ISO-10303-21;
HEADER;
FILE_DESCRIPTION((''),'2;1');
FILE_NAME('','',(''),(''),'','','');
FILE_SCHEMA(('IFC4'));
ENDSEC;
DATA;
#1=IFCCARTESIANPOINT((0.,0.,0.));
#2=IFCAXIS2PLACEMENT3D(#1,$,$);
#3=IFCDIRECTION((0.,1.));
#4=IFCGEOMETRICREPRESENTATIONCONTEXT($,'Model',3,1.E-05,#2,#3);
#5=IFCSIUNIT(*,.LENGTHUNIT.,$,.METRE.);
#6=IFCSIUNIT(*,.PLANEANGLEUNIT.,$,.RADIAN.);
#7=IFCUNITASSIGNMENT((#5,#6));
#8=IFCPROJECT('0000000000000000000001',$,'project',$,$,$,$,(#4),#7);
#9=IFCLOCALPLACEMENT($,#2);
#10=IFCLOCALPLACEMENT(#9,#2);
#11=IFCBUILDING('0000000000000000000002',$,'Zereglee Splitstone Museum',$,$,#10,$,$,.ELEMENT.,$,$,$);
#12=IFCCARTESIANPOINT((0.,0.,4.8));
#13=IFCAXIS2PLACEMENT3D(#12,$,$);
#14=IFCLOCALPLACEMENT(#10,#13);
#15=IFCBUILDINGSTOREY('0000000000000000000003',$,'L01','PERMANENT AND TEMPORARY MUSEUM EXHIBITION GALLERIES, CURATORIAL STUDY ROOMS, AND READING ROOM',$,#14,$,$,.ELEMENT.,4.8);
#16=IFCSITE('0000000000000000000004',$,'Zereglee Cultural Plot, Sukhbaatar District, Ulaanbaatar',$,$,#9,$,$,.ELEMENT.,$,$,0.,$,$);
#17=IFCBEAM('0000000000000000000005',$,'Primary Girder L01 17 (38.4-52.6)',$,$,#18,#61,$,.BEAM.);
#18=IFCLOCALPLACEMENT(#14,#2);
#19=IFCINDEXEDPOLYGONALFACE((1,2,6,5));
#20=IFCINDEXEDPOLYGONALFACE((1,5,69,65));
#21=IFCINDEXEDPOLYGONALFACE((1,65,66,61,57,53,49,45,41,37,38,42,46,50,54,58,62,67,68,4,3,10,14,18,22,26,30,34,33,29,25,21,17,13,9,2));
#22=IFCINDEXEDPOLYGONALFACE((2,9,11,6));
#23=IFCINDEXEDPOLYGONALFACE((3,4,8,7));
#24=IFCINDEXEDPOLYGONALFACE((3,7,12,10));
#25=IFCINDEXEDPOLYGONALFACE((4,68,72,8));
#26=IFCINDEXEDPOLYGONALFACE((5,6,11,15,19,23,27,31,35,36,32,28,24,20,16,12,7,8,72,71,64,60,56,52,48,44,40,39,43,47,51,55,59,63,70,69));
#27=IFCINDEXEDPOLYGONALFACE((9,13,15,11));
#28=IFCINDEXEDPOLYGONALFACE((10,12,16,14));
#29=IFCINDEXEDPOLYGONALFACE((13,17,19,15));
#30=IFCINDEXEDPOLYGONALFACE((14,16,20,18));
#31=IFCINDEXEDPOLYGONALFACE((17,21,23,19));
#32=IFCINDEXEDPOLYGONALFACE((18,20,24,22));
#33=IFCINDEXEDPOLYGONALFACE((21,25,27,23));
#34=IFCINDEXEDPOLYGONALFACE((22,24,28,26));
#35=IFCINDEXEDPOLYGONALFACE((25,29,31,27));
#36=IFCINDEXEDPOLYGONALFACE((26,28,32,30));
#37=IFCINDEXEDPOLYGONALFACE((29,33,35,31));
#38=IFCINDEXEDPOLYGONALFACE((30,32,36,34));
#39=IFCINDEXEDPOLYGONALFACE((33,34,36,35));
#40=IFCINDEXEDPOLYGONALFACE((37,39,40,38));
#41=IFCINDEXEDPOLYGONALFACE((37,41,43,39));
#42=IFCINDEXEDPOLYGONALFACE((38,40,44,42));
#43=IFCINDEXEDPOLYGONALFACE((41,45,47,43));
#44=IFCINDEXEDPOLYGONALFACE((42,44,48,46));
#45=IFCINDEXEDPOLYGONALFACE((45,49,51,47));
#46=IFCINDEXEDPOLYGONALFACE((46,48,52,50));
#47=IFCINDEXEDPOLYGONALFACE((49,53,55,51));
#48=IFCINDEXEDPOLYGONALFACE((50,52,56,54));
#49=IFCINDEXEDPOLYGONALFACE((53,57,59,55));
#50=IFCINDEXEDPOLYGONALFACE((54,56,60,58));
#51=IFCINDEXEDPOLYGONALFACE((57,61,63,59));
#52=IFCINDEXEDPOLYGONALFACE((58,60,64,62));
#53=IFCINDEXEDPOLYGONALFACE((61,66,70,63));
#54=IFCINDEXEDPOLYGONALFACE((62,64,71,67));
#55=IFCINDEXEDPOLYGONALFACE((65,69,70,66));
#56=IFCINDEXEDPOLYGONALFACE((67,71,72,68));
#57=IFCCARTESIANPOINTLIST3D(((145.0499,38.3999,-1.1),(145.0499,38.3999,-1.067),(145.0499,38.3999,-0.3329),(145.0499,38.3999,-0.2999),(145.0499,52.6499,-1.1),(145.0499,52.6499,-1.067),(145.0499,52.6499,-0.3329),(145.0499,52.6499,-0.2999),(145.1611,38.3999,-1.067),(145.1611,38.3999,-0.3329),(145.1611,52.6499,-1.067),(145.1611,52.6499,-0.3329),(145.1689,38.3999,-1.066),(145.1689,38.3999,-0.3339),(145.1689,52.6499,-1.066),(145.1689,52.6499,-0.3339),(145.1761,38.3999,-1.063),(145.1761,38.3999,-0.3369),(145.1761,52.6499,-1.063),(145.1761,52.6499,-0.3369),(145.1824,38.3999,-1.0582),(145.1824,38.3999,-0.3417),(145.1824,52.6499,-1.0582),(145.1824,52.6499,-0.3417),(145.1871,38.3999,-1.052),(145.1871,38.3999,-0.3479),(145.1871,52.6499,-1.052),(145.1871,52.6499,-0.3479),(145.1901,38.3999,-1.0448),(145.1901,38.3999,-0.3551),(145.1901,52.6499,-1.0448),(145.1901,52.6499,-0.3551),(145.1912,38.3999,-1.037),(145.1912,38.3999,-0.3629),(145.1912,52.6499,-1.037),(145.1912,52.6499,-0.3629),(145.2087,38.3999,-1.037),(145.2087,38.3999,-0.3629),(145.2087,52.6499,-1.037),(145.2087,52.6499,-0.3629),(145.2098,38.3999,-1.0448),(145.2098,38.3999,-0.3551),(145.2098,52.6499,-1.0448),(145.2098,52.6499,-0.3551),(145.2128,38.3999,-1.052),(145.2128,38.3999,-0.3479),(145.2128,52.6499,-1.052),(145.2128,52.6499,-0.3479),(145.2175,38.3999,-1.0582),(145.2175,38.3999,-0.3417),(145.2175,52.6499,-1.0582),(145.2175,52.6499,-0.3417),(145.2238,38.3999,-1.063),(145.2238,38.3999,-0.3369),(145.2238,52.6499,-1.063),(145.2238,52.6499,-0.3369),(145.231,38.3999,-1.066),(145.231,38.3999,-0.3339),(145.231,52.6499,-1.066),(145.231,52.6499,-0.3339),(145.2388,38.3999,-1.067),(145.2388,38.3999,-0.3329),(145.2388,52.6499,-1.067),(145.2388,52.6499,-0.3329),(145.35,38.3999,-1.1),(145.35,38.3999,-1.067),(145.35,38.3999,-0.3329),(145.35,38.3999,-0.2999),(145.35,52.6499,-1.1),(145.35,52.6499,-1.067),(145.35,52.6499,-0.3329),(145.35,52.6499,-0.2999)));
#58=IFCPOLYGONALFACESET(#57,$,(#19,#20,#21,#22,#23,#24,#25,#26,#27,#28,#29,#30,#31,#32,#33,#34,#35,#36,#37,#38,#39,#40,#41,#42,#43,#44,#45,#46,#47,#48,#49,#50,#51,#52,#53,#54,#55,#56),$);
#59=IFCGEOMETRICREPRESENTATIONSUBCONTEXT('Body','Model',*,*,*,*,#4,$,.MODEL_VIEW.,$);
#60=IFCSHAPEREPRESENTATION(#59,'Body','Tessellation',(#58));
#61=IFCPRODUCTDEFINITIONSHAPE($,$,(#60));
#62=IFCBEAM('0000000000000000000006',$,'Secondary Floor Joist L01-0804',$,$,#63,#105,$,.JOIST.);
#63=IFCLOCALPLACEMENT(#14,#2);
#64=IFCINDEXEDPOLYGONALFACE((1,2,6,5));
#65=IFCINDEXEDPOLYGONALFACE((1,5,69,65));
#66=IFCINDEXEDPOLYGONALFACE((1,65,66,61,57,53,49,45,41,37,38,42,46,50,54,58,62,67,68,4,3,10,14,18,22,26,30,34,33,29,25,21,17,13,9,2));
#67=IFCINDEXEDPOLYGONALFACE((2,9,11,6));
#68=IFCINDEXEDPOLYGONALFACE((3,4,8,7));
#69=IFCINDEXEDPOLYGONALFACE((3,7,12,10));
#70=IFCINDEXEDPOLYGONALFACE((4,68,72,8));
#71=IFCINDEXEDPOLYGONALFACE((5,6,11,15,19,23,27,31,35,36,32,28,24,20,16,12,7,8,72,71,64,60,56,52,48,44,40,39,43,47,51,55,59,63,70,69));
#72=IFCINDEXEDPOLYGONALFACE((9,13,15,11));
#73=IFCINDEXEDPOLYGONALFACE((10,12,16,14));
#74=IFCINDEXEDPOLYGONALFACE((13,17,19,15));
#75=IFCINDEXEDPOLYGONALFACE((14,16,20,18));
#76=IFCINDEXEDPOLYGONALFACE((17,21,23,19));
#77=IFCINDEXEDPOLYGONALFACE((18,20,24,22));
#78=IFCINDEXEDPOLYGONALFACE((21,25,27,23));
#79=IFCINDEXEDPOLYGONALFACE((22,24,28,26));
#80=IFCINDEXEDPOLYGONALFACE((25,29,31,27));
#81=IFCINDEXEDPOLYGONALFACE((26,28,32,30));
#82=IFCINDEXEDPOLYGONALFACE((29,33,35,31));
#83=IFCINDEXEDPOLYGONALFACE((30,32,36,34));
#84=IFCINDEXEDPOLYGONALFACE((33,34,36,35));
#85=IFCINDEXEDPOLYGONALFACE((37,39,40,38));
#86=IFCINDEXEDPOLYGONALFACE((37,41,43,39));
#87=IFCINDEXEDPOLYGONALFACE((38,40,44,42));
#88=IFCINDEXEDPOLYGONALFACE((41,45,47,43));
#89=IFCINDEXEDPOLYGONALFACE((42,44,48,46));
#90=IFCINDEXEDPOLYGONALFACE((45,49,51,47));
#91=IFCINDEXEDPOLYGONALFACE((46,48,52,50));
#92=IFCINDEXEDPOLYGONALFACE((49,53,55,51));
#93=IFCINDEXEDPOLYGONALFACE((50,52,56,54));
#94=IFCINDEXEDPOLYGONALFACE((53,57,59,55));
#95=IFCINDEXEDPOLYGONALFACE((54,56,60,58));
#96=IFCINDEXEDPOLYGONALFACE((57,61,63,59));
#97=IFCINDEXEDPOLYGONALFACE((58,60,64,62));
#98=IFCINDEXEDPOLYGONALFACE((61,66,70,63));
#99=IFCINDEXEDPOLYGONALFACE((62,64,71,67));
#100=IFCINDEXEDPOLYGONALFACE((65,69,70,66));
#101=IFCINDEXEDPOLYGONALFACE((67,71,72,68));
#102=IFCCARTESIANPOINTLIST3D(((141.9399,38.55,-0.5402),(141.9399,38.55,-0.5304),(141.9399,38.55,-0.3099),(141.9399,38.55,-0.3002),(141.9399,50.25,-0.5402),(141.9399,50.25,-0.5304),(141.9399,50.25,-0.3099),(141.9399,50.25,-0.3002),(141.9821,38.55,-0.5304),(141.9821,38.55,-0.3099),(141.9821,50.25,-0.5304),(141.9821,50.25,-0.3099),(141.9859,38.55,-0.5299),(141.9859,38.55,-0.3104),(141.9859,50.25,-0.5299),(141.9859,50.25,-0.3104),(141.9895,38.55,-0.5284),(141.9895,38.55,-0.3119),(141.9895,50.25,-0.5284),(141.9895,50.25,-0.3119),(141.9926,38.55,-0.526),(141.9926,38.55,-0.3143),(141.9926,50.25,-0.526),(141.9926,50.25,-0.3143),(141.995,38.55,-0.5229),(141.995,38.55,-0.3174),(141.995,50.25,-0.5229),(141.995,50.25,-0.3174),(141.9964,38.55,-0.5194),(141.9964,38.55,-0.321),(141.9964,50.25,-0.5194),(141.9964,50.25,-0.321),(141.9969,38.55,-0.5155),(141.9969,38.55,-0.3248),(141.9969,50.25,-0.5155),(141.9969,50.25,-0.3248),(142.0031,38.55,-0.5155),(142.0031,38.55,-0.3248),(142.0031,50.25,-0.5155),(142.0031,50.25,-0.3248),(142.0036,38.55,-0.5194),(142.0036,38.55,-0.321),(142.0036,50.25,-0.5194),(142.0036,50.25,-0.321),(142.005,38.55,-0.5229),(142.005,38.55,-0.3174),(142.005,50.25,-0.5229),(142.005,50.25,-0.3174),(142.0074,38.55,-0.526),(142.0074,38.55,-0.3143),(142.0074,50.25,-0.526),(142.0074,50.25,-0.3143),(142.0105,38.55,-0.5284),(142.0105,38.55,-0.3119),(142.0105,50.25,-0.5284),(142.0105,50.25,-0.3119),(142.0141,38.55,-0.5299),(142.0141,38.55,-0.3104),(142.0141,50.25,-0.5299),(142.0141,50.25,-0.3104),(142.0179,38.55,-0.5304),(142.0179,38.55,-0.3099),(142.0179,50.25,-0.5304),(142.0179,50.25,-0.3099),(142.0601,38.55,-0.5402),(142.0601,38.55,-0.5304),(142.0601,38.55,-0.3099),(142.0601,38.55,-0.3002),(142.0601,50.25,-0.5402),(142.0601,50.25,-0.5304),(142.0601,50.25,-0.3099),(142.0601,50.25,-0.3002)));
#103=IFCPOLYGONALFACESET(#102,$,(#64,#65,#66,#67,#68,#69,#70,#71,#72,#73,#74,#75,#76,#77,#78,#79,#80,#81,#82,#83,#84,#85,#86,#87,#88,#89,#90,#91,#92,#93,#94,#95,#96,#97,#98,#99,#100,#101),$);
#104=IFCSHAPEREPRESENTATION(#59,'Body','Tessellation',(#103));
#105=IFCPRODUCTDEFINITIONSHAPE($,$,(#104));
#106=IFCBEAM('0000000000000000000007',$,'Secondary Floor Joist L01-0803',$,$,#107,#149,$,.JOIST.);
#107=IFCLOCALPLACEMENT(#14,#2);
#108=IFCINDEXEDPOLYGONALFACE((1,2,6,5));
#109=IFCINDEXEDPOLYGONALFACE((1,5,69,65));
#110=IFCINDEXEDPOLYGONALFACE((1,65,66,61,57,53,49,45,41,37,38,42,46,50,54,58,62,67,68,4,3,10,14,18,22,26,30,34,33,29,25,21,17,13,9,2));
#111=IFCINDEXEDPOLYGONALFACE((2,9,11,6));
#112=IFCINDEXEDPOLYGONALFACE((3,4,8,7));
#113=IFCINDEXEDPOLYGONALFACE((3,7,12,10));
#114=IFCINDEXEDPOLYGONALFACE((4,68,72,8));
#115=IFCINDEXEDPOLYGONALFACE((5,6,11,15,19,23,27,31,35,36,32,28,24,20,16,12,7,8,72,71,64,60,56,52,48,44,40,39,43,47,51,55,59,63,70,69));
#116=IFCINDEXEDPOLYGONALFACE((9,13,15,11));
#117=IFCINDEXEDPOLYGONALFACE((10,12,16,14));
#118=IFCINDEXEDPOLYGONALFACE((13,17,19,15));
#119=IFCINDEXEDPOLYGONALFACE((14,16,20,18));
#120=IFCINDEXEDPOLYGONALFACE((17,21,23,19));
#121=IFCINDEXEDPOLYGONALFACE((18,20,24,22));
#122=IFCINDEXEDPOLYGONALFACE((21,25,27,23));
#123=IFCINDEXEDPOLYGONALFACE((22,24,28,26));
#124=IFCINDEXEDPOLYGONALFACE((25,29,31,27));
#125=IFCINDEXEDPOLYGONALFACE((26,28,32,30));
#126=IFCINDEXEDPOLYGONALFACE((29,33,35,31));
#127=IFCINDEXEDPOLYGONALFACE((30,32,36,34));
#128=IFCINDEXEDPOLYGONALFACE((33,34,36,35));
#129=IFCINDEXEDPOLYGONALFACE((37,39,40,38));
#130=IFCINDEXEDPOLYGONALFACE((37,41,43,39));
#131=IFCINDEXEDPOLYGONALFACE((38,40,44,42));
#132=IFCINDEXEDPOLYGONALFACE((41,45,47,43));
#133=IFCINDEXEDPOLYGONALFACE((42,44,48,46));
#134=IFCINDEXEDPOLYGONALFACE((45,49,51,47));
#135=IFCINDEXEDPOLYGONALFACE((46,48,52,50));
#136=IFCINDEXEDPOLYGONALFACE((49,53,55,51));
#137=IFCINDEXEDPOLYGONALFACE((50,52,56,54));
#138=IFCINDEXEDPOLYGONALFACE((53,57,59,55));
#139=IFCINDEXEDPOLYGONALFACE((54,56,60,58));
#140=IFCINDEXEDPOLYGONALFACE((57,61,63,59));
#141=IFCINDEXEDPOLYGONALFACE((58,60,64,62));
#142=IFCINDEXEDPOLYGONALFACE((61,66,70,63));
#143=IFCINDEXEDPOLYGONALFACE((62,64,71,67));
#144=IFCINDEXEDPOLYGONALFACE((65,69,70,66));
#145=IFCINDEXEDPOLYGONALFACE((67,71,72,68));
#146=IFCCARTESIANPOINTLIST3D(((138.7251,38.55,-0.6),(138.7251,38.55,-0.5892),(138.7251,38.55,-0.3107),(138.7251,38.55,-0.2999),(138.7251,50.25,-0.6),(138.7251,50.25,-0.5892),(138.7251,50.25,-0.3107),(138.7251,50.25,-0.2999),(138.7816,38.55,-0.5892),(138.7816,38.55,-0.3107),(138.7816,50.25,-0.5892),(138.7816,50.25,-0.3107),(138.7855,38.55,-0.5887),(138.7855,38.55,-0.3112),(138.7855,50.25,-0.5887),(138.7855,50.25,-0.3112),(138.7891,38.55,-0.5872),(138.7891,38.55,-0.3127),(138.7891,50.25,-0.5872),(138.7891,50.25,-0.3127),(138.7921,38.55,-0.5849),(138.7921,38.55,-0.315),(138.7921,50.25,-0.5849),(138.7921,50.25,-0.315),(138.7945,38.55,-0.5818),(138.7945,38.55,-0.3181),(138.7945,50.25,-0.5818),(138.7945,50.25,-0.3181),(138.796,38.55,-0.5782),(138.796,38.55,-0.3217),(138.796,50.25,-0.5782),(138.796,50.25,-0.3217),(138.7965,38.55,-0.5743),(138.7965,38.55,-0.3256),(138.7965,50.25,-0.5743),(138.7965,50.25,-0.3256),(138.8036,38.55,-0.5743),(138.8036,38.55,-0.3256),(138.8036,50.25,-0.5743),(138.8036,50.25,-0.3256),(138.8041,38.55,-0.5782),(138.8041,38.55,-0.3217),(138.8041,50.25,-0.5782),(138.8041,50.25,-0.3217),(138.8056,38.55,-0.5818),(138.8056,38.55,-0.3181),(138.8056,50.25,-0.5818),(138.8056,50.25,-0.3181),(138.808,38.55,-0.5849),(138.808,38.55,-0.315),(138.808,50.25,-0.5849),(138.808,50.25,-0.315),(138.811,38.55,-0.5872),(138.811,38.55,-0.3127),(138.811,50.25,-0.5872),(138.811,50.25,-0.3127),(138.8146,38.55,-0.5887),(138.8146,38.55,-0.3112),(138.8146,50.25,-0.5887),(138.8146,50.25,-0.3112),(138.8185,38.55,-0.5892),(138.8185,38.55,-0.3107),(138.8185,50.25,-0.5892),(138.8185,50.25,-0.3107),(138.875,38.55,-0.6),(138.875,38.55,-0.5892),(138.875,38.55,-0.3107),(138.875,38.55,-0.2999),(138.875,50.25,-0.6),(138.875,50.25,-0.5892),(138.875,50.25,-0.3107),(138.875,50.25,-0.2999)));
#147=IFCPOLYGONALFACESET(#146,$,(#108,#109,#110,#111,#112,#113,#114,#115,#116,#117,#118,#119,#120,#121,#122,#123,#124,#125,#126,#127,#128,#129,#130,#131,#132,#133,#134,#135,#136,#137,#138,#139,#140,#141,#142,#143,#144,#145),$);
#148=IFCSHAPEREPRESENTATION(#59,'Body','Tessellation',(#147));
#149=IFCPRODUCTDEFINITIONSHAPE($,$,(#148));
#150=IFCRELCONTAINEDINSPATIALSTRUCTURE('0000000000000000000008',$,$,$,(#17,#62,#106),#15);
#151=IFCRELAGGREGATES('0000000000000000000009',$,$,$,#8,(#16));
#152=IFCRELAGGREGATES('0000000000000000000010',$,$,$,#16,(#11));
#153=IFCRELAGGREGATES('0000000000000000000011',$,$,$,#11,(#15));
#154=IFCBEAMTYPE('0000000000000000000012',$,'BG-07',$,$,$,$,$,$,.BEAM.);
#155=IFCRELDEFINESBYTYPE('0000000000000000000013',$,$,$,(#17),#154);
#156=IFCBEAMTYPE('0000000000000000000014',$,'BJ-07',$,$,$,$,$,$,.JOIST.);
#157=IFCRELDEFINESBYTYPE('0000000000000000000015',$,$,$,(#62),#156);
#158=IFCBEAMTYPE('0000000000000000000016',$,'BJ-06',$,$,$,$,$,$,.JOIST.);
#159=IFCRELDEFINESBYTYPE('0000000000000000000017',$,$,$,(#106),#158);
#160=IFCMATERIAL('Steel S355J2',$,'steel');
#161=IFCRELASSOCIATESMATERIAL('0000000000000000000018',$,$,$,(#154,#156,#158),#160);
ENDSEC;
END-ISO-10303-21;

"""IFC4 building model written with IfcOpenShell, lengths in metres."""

from ifc_helpers import new_model, si_unit, direction, frame, origin, origin_2d, place, context, subcontext, project, spatial, i_section, extrude, material, material_profile, profile_set, type_object, element, save


model = new_model("IFC4")

# Units and contexts
model_context = context("Model", 3, precision=1e-05, world=origin(), true_north=direction((0.0, 1.0)))
body_context = subcontext(model_context, "Body", "Model", "MODEL_VIEW")
ifc_project = project(units=[si_unit("LENGTHUNIT", "METRE"), si_unit("PLANEANGLEUNIT", "RADIAN")], contexts=[model_context])

# Site, building, storey
site_placement = place(None, origin())
site = spatial("IfcSite", under=ifc_project, at=site_placement, Name="Zereglee Cultural Plot, Sukhbaatar District, Ulaanbaatar", CompositionType="ELEMENT", RefElevation=0.0)
building_placement = place(site_placement, origin())
building = spatial("IfcBuilding", under=site, at=building_placement, Name="Zereglee Splitstone Museum", CompositionType="ELEMENT")
storey_placement = place(building_placement, frame((0.0, 0.0, 4.8)))
storey = spatial("IfcBuildingStorey", under=building, at=storey_placement, Name="L01", Description="PERMANENT AND TEMPORARY MUSEUM EXHIBITION GALLERIES, CURATORIAL STUDY ROOMS, AND READING ROOM", CompositionType="ELEMENT", Elevation=4.8)

# Shared definitions
ifc_material_1 = material(Name="Steel S355J2", Category="steel")

# Beams
ifc_material_profile_1 = material_profile(ifc_material_1, i_section(OverallWidth=0.3, OverallDepth=0.8, WebThickness=0.0176, FlangeThickness=0.033, FilletRadius=0.03, at=origin_2d()), Name="HE 800 B")
ifc_profile_set_1 = profile_set([ifc_material_profile_1], Name="Steel S355J2")
beam_type_1 = type_object("IfcBeamType", Name="BG-07", PredefinedType="BEAM", material=ifc_profile_set_1)
beam_1_placement = place(storey_placement, frame((145.2, 38.3999, -0.7), z_axis=(0.0, 1.0, 0.0), x_axis=(-1.0, 0.0, 0.0)))
element("IfcBeam", 1, at=beam_1_placement, inside=storey, type_object=beam_type_1, Name="Primary Girder L01 17 (38.4-52.6)", PredefinedType="BEAM", context=body_context, shape_type="SweptSolid", body=[
    extrude(i_section(OverallWidth=0.3, OverallDepth=0.8, WebThickness=0.0176, FlangeThickness=0.033, FilletRadius=0.03, at=origin_2d()), origin(), (0.0, 0.0, 1.0), 14.25),
])
ifc_material_profile_2 = material_profile(ifc_material_1, i_section(OverallWidth=0.1201, OverallDepth=0.24, WebThickness=0.0061, FlangeThickness=0.0098, FilletRadius=0.0149, at=origin_2d()), Name="IPE 240")
ifc_profile_set_2 = profile_set([ifc_material_profile_2], Name="Steel S355J2")
beam_type_2 = type_object("IfcBeamType", Name="BJ-07", PredefinedType="JOIST", material=ifc_profile_set_2)
beam_2_placement = place(storey_placement, frame((142.0, 38.55, -0.4202), z_axis=(0.0, 1.0, 0.0), x_axis=(-1.0, 0.0, 0.0)))
element("IfcBeam", 2, at=beam_2_placement, inside=storey, type_object=beam_type_2, Name="Secondary Floor Joist L01-0804", PredefinedType="JOIST", context=body_context, shape_type="SweptSolid", body=[
    extrude(i_section(OverallWidth=0.1201, OverallDepth=0.24, WebThickness=0.0061, FlangeThickness=0.0098, FilletRadius=0.0149, at=origin_2d()), origin(), (0.0, 0.0, 1.0), 11.7),
])
ifc_material_profile_3 = material_profile(ifc_material_1, i_section(OverallWidth=0.1499, OverallDepth=0.3, WebThickness=0.0071, FlangeThickness=0.0107, FilletRadius=0.0149, at=origin_2d()), Name="IPE 300")
ifc_profile_set_3 = profile_set([ifc_material_profile_3], Name="Steel S355J2")
beam_type_3 = type_object("IfcBeamType", Name="BJ-06", PredefinedType="JOIST", material=ifc_profile_set_3)
beam_3_placement = place(storey_placement, frame((138.8, 38.55, -0.45), z_axis=(0.0, 1.0, 0.0), x_axis=(-1.0, 0.0, 0.0)))
element("IfcBeam", 3, at=beam_3_placement, inside=storey, type_object=beam_type_3, Name="Secondary Floor Joist L01-0803", PredefinedType="JOIST", context=body_context, shape_type="SweptSolid", body=[
    extrude(i_section(OverallWidth=0.1499, OverallDepth=0.3, WebThickness=0.0071, FlangeThickness=0.0107, FilletRadius=0.0149, at=origin_2d()), origin(), (0.0, 0.0, 1.0), 11.7),
])

save(model, "model.ifc")
